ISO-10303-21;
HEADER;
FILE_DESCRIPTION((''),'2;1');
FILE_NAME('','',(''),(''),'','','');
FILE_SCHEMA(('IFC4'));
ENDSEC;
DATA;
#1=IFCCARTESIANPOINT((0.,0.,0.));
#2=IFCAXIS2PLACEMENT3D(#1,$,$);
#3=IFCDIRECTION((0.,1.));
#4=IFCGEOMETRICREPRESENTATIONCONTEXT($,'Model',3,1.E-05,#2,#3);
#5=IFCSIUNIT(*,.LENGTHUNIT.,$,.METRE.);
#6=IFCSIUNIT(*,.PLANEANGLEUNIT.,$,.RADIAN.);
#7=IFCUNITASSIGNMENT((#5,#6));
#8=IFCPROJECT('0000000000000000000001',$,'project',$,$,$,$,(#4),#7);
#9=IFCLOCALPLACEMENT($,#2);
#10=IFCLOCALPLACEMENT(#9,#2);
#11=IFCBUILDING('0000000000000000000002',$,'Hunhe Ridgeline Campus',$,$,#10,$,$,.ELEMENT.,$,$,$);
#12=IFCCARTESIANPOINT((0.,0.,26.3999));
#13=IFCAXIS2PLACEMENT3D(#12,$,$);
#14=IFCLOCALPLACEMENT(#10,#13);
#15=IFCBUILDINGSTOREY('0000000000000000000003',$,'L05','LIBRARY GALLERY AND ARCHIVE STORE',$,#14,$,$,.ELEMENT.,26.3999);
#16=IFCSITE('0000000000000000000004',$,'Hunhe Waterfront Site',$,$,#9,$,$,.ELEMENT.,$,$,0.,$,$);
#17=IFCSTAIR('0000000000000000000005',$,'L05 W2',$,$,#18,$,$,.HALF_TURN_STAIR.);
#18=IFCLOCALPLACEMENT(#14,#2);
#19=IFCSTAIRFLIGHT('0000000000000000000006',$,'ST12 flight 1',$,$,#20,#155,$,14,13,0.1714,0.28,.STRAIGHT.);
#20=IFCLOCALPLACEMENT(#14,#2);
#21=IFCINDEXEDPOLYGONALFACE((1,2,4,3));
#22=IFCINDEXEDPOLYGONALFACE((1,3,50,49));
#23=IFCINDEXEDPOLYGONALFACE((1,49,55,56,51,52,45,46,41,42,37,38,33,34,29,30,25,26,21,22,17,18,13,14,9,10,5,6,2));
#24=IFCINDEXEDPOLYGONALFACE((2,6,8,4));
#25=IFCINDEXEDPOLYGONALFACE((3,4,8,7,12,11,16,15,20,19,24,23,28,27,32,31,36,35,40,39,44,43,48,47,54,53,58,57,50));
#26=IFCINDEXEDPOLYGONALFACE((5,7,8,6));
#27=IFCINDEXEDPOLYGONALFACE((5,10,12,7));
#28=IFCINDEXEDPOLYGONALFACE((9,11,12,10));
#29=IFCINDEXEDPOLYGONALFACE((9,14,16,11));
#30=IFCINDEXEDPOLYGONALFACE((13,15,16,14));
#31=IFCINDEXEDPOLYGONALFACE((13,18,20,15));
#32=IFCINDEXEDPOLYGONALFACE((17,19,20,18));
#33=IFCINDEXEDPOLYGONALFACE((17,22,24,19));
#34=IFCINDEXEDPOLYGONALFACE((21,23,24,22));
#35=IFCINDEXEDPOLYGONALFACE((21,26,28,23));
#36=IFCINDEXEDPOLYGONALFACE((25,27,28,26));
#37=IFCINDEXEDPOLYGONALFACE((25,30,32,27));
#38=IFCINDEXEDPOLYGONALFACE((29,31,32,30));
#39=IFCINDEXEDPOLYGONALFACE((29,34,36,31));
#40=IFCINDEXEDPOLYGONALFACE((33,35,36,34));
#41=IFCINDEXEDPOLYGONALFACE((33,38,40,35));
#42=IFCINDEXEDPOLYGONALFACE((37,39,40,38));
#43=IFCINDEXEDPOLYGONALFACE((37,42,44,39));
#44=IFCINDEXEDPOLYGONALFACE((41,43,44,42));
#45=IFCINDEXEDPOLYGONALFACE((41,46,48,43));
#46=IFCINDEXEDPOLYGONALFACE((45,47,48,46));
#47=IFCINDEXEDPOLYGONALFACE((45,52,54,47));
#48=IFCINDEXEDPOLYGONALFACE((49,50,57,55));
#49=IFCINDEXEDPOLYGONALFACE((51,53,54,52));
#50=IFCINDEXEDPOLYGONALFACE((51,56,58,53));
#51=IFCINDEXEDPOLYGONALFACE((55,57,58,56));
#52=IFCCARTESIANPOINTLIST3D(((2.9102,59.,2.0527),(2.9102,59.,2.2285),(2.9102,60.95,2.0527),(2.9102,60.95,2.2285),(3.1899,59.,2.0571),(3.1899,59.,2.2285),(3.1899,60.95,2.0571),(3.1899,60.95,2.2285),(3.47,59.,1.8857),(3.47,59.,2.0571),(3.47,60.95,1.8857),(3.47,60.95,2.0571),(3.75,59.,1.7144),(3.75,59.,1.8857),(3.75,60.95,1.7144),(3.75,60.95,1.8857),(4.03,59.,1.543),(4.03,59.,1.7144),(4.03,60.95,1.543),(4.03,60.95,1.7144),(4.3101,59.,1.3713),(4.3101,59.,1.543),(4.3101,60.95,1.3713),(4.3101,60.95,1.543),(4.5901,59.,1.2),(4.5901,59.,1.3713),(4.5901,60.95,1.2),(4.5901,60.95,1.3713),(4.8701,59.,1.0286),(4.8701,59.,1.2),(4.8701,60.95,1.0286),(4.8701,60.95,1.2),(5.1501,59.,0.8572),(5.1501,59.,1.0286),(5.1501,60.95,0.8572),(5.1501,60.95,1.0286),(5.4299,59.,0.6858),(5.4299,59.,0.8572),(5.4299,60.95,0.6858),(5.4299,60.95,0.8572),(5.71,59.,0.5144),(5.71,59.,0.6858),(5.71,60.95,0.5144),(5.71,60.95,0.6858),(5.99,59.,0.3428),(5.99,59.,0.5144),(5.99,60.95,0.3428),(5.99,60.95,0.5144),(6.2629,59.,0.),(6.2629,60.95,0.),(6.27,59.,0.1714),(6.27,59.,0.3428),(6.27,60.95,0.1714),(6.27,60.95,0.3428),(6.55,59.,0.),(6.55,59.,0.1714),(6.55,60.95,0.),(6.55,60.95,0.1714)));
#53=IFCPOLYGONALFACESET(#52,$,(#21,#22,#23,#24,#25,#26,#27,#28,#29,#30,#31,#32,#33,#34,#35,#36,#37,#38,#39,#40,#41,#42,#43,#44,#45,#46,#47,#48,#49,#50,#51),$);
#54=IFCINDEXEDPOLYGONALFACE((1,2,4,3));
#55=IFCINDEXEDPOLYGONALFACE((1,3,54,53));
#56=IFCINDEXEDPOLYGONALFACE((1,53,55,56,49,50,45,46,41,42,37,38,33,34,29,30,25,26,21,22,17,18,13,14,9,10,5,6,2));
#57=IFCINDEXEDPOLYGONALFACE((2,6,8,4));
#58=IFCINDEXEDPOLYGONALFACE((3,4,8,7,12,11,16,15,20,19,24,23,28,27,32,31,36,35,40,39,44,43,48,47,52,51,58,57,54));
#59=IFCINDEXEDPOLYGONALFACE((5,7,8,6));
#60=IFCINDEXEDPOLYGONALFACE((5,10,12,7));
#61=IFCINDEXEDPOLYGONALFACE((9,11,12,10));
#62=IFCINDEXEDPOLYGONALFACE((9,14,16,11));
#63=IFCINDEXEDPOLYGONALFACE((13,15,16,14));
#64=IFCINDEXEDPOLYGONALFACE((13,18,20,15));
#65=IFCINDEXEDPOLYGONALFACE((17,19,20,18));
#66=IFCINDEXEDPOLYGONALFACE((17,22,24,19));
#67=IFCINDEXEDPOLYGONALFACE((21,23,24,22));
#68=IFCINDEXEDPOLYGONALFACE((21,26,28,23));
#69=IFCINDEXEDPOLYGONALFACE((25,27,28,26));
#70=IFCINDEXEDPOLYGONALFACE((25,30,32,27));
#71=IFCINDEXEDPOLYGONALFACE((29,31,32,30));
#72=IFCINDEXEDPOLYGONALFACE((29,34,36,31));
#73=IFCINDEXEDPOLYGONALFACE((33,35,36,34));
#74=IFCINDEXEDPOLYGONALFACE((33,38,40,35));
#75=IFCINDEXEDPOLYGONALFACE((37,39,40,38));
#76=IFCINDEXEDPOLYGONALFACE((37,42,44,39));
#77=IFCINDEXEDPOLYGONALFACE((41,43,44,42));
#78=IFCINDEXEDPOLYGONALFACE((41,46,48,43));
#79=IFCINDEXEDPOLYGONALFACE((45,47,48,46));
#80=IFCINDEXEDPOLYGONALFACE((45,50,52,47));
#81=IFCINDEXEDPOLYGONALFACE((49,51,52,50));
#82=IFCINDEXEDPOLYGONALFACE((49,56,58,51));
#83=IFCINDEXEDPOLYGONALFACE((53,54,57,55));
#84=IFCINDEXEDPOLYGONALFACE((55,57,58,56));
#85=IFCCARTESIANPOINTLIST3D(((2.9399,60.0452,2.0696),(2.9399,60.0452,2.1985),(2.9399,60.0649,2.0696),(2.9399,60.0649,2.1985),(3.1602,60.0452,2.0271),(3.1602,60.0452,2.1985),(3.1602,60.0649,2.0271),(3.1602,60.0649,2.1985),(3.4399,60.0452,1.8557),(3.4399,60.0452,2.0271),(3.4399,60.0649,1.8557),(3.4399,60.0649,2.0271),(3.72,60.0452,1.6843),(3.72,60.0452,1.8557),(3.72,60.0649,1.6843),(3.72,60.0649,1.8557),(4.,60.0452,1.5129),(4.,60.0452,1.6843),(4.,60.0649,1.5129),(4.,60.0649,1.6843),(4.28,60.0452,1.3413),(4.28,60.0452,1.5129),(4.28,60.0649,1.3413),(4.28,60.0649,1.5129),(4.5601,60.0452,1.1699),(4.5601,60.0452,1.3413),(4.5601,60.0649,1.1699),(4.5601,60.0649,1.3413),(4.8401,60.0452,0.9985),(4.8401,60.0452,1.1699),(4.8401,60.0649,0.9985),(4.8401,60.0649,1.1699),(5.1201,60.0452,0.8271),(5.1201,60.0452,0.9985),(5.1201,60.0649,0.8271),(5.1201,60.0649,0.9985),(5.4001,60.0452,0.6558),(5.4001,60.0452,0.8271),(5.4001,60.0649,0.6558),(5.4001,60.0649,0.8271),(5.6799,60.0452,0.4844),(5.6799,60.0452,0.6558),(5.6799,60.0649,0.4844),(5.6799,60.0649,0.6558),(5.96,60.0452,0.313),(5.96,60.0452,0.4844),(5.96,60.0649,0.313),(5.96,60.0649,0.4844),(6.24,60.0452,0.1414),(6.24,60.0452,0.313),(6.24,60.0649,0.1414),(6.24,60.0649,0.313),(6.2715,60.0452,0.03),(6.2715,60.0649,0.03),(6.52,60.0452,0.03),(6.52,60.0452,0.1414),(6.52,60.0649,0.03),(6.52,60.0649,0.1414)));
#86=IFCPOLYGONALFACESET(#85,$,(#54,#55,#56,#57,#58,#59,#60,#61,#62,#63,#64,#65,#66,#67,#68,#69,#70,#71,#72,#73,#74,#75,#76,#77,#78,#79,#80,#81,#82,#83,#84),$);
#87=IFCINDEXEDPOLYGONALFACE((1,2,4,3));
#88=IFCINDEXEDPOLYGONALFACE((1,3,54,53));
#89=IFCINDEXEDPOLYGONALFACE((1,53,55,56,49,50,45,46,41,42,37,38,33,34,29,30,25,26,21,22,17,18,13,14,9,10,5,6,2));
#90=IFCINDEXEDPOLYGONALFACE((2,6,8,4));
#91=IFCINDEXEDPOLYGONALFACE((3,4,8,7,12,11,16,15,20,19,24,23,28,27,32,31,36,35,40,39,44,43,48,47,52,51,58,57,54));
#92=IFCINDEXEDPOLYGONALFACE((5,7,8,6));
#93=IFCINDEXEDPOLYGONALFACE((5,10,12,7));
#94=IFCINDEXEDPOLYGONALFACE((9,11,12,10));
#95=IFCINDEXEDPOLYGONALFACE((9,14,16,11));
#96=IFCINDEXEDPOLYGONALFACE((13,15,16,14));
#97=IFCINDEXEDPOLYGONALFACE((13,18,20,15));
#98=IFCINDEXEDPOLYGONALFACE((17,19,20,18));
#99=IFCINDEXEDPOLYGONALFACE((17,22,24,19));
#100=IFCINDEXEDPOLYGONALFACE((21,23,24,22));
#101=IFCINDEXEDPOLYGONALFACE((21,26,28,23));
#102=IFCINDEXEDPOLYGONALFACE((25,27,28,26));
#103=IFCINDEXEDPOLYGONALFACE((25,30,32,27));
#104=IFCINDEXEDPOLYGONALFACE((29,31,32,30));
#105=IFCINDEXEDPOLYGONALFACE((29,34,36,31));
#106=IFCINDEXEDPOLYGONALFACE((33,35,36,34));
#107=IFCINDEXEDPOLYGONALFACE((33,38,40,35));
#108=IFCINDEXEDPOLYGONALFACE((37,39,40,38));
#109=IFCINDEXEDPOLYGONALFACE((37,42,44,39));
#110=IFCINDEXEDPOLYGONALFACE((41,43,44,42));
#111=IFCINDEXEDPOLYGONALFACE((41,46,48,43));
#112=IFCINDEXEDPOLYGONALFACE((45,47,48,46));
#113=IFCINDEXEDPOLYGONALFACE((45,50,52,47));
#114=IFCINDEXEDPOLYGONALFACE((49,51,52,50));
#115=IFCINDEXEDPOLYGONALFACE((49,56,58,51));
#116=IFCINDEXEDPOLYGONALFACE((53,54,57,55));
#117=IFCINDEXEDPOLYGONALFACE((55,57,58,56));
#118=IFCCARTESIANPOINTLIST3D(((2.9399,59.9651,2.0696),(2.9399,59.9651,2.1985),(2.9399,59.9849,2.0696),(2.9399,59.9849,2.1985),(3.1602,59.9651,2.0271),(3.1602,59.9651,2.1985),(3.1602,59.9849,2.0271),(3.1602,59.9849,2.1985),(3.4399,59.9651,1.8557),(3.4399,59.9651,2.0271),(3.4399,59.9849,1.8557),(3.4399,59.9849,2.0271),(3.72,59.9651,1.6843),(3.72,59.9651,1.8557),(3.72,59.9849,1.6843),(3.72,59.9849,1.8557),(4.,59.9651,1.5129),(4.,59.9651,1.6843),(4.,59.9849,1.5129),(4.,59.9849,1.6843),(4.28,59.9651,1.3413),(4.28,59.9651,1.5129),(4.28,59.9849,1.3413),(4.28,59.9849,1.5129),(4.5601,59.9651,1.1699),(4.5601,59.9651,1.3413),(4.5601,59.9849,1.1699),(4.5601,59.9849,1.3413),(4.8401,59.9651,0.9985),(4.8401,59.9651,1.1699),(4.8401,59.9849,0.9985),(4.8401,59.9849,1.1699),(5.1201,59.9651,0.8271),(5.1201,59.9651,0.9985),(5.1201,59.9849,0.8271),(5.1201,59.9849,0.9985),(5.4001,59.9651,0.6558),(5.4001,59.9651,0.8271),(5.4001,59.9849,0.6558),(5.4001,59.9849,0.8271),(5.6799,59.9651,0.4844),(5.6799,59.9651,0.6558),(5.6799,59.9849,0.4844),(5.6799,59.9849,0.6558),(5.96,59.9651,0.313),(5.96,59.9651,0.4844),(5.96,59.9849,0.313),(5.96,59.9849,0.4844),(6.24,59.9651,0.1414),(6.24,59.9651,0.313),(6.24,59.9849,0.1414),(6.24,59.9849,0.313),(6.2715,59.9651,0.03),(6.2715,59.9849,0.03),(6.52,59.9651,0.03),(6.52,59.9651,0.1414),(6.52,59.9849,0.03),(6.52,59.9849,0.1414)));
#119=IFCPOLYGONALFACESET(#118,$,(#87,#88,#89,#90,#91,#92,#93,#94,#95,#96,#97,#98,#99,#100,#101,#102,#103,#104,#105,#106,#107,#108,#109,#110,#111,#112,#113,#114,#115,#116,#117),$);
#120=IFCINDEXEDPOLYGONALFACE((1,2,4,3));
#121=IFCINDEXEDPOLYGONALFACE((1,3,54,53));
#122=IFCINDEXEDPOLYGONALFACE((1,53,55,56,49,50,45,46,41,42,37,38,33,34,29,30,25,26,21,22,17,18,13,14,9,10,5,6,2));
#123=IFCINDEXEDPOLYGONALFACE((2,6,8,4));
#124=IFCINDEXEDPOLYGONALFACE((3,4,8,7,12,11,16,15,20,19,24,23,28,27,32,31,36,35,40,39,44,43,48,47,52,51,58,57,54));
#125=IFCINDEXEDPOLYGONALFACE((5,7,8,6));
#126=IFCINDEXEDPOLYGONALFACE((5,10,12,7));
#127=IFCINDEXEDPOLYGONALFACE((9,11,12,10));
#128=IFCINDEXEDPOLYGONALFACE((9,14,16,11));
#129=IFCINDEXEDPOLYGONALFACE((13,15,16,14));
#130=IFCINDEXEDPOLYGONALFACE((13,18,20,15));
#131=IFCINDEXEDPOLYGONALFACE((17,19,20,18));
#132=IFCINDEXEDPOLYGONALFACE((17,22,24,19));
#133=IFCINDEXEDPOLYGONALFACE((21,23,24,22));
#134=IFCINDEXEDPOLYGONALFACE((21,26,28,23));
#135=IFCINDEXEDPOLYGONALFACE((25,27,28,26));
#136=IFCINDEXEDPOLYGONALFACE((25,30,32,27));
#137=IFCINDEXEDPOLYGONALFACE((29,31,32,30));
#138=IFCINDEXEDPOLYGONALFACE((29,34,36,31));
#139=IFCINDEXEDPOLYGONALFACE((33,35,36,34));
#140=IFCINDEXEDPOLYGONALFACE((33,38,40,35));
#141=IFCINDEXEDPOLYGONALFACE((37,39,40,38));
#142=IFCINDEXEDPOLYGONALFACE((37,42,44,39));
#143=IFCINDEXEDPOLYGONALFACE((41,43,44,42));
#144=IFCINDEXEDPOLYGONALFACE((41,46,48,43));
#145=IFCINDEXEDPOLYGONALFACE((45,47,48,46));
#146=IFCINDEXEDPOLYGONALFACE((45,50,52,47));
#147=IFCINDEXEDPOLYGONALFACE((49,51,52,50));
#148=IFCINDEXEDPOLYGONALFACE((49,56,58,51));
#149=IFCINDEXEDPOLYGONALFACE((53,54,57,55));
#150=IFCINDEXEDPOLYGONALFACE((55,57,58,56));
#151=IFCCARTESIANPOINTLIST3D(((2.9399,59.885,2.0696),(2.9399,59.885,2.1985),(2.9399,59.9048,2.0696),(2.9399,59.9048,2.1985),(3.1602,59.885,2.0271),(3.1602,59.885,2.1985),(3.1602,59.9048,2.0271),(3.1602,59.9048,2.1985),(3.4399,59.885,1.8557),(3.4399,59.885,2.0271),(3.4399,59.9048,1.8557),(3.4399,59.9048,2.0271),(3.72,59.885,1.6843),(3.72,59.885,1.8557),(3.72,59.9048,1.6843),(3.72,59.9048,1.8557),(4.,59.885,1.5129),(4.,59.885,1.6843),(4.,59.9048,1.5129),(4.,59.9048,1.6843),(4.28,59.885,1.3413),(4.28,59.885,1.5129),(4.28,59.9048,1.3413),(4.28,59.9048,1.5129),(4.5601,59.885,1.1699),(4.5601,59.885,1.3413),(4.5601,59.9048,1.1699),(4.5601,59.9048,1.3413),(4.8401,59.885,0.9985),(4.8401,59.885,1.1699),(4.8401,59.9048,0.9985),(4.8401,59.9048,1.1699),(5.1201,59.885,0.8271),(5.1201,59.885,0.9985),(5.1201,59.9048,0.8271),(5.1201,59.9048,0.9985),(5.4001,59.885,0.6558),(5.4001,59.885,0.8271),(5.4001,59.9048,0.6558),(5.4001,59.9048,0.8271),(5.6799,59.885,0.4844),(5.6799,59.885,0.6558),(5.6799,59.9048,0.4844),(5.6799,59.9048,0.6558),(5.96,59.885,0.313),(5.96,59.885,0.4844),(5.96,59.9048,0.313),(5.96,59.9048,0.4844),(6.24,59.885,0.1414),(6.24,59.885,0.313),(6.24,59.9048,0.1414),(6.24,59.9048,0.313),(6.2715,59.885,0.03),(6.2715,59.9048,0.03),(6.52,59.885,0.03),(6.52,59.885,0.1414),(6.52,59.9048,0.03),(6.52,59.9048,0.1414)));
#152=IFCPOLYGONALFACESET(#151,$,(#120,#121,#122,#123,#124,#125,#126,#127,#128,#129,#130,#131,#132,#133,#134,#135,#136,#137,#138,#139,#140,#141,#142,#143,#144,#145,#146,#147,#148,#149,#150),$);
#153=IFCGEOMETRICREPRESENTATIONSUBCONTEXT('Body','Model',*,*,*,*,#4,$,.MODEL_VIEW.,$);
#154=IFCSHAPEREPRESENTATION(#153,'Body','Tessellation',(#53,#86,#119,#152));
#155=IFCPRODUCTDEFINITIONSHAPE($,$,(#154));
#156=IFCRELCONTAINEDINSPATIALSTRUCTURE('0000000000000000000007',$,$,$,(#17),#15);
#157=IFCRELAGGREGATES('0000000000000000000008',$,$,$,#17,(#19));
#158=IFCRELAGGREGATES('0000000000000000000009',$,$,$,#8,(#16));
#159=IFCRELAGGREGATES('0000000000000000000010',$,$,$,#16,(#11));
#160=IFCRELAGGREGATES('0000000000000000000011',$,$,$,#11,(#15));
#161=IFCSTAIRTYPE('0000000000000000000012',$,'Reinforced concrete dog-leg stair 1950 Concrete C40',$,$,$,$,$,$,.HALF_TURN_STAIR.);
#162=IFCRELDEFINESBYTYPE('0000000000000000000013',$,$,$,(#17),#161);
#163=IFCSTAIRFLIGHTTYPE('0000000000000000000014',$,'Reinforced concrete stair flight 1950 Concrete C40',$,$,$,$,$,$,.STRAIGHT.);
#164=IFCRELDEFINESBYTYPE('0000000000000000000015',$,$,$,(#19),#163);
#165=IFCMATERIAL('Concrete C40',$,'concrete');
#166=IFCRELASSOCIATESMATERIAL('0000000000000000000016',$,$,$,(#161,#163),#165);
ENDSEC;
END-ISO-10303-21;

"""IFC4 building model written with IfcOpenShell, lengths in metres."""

from ifc_helpers import new_model, si_unit, direction, frame, origin, place, context, subcontext, project, spatial, polyline, outline, extrude, material, type_object, element, aggregate, save


model = new_model("IFC4")

# Units and contexts
model_context = context("Model", 3, precision=1e-05, world=origin(), true_north=direction((0.0, 1.0)))
body_context = subcontext(model_context, "Body", "Model", "MODEL_VIEW")
ifc_project = project(units=[si_unit("LENGTHUNIT", "METRE"), si_unit("PLANEANGLEUNIT", "RADIAN")], contexts=[model_context])

# Site, building, storey
site_placement = place(None, origin())
site = spatial("IfcSite", under=ifc_project, at=site_placement, Name="Hunhe Waterfront Site", CompositionType="ELEMENT", RefElevation=0.0)
building_placement = place(site_placement, origin())
building = spatial("IfcBuilding", under=site, at=building_placement, Name="Hunhe Ridgeline Campus", CompositionType="ELEMENT")
storey_placement = place(building_placement, frame((0.0, 0.0, 26.3999)))
storey = spatial("IfcBuildingStorey", under=building, at=storey_placement, Name="L05", Description="LIBRARY GALLERY AND ARCHIVE STORE", CompositionType="ELEMENT", Elevation=26.3999)

# Shared definitions
ifc_material_1 = material(Name="Concrete C40", Category="concrete")
stair_type = type_object("IfcStairType", Name="Reinforced concrete dog-leg stair 1950 Concrete C40", PredefinedType="HALF_TURN_STAIR", material=ifc_material_1)
stair_flight_type = type_object("IfcStairFlightType", Name="Reinforced concrete stair flight 1950 Concrete C40", PredefinedType="STRAIGHT", material=ifc_material_1)

# Stair, stair flight
stair_1_placement = place(storey_placement, origin())
stair_1 = element("IfcStair", 1, at=stair_1_placement, inside=storey, type_object=stair_type, Name="L05 W2", PredefinedType="HALF_TURN_STAIR")
stair_flight_1_placement = place(storey_placement, frame((6.55, 59.9751, 0.0), z_axis=(0.0, 0.0, 1.0), x_axis=(-1.0, 0.0, 0.0)))
stair_flight_1 = element("IfcStairFlight", 2, at=stair_flight_1_placement, type_object=stair_flight_type, Name="ST12 flight 1", NumberOfRisers=14, NumberOfTreads=13, PredefinedType="STRAIGHT", RiserHeight=0.1714, TreadLength=0.28, context=body_context, shape_type="SweptSolid", body=[
    extrude(outline(polyline([(0.0, 0.0), (0.0, 0.1714), (0.28, 0.1714), (0.28, 0.3428), (0.5601, 0.3428), (0.5601, 0.5144), (0.8401, 0.5144), (0.8401, 0.6858), (1.1201, 0.6858), (1.1201, 0.8572), (1.3999, 0.8572), (1.3999, 1.0286), (1.6799, 1.0286), (1.6799, 1.2), (1.96, 1.2), (1.96, 1.3713), (2.24, 1.3713), (2.24, 1.543), (2.52, 1.543), (2.52, 1.7144), (2.8, 1.7144), (2.8, 1.8857), (3.0801, 1.8857), (3.0801, 2.0571), (3.3601, 2.0571), (3.3601, 2.2285), (3.6399, 2.2285), (3.6399, 2.3999), (3.6399, 2.0527), (0.2871, 0.0), (0.0, 0.0)])), frame((0.0, 0.9751, 0.0), z_axis=(0.0, -1.0, 0.0), x_axis=(1.0, 0.0, 0.0)), (0.0, 0.0, 1.0), 1.95),
    extrude(outline(polyline([(0.03, 0.03), (0.03, 0.1414), (0.3101, 0.1414), (0.3101, 0.313), (0.5901, 0.313), (0.5901, 0.4844), (0.8701, 0.4844), (0.8701, 0.6558), (1.1499, 0.6558), (1.1499, 0.8271), (1.4299, 0.8271), (1.4299, 0.9985), (1.71, 0.9985), (1.71, 1.1699), (1.99, 1.1699), (1.99, 1.3413), (2.27, 1.3413), (2.27, 1.5129), (2.55, 1.5129), (2.55, 1.6843), (2.8301, 1.6843), (2.8301, 1.8557), (3.1101, 1.8557), (3.1101, 2.0271), (3.3899, 2.0271), (3.3899, 2.1985), (3.6101, 2.1985), (3.6101, 2.0696), (0.2786, 0.03), (0.03, 0.03)])), frame((0.0, -0.0701, 0.0), z_axis=(0.0, -1.0, 0.0), x_axis=(1.0, 0.0, 0.0)), (0.0, 0.0, 1.0), 0.0198),
    extrude(outline(polyline([(0.03, 0.03), (0.03, 0.1414), (0.3101, 0.1414), (0.3101, 0.313), (0.5901, 0.313), (0.5901, 0.4844), (0.8701, 0.4844), (0.8701, 0.6558), (1.1499, 0.6558), (1.1499, 0.8271), (1.4299, 0.8271), (1.4299, 0.9985), (1.71, 0.9985), (1.71, 1.1699), (1.99, 1.1699), (1.99, 1.3413), (2.27, 1.3413), (2.27, 1.5129), (2.55, 1.5129), (2.55, 1.6843), (2.8301, 1.6843), (2.8301, 1.8557), (3.1101, 1.8557), (3.1101, 2.0271), (3.3899, 2.0271), (3.3899, 2.1985), (3.6101, 2.1985), (3.6101, 2.0696), (0.2786, 0.03), (0.03, 0.03)])), frame((0.0, 0.01, 0.0), z_axis=(0.0, -1.0, 0.0), x_axis=(1.0, 0.0, 0.0)), (0.0, 0.0, 1.0), 0.0198),
    extrude(outline(polyline([(0.03, 0.03), (0.03, 0.1414), (0.3101, 0.1414), (0.3101, 0.313), (0.5901, 0.313), (0.5901, 0.4844), (0.8701, 0.4844), (0.8701, 0.6558), (1.1499, 0.6558), (1.1499, 0.8271), (1.4299, 0.8271), (1.4299, 0.9985), (1.71, 0.9985), (1.71, 1.1699), (1.99, 1.1699), (1.99, 1.3413), (2.27, 1.3413), (2.27, 1.5129), (2.55, 1.5129), (2.55, 1.6843), (2.8301, 1.6843), (2.8301, 1.8557), (3.1101, 1.8557), (3.1101, 2.0271), (3.3899, 2.0271), (3.3899, 2.1985), (3.6101, 2.1985), (3.6101, 2.0696), (0.2786, 0.03), (0.03, 0.03)])), frame((0.0, 0.0901, 0.0), z_axis=(0.0, -1.0, 0.0), x_axis=(1.0, 0.0, 0.0)), (0.0, 0.0, 1.0), 0.0198),
])
aggregate(stair_1, [stair_flight_1])

save(model, "model.ifc")
